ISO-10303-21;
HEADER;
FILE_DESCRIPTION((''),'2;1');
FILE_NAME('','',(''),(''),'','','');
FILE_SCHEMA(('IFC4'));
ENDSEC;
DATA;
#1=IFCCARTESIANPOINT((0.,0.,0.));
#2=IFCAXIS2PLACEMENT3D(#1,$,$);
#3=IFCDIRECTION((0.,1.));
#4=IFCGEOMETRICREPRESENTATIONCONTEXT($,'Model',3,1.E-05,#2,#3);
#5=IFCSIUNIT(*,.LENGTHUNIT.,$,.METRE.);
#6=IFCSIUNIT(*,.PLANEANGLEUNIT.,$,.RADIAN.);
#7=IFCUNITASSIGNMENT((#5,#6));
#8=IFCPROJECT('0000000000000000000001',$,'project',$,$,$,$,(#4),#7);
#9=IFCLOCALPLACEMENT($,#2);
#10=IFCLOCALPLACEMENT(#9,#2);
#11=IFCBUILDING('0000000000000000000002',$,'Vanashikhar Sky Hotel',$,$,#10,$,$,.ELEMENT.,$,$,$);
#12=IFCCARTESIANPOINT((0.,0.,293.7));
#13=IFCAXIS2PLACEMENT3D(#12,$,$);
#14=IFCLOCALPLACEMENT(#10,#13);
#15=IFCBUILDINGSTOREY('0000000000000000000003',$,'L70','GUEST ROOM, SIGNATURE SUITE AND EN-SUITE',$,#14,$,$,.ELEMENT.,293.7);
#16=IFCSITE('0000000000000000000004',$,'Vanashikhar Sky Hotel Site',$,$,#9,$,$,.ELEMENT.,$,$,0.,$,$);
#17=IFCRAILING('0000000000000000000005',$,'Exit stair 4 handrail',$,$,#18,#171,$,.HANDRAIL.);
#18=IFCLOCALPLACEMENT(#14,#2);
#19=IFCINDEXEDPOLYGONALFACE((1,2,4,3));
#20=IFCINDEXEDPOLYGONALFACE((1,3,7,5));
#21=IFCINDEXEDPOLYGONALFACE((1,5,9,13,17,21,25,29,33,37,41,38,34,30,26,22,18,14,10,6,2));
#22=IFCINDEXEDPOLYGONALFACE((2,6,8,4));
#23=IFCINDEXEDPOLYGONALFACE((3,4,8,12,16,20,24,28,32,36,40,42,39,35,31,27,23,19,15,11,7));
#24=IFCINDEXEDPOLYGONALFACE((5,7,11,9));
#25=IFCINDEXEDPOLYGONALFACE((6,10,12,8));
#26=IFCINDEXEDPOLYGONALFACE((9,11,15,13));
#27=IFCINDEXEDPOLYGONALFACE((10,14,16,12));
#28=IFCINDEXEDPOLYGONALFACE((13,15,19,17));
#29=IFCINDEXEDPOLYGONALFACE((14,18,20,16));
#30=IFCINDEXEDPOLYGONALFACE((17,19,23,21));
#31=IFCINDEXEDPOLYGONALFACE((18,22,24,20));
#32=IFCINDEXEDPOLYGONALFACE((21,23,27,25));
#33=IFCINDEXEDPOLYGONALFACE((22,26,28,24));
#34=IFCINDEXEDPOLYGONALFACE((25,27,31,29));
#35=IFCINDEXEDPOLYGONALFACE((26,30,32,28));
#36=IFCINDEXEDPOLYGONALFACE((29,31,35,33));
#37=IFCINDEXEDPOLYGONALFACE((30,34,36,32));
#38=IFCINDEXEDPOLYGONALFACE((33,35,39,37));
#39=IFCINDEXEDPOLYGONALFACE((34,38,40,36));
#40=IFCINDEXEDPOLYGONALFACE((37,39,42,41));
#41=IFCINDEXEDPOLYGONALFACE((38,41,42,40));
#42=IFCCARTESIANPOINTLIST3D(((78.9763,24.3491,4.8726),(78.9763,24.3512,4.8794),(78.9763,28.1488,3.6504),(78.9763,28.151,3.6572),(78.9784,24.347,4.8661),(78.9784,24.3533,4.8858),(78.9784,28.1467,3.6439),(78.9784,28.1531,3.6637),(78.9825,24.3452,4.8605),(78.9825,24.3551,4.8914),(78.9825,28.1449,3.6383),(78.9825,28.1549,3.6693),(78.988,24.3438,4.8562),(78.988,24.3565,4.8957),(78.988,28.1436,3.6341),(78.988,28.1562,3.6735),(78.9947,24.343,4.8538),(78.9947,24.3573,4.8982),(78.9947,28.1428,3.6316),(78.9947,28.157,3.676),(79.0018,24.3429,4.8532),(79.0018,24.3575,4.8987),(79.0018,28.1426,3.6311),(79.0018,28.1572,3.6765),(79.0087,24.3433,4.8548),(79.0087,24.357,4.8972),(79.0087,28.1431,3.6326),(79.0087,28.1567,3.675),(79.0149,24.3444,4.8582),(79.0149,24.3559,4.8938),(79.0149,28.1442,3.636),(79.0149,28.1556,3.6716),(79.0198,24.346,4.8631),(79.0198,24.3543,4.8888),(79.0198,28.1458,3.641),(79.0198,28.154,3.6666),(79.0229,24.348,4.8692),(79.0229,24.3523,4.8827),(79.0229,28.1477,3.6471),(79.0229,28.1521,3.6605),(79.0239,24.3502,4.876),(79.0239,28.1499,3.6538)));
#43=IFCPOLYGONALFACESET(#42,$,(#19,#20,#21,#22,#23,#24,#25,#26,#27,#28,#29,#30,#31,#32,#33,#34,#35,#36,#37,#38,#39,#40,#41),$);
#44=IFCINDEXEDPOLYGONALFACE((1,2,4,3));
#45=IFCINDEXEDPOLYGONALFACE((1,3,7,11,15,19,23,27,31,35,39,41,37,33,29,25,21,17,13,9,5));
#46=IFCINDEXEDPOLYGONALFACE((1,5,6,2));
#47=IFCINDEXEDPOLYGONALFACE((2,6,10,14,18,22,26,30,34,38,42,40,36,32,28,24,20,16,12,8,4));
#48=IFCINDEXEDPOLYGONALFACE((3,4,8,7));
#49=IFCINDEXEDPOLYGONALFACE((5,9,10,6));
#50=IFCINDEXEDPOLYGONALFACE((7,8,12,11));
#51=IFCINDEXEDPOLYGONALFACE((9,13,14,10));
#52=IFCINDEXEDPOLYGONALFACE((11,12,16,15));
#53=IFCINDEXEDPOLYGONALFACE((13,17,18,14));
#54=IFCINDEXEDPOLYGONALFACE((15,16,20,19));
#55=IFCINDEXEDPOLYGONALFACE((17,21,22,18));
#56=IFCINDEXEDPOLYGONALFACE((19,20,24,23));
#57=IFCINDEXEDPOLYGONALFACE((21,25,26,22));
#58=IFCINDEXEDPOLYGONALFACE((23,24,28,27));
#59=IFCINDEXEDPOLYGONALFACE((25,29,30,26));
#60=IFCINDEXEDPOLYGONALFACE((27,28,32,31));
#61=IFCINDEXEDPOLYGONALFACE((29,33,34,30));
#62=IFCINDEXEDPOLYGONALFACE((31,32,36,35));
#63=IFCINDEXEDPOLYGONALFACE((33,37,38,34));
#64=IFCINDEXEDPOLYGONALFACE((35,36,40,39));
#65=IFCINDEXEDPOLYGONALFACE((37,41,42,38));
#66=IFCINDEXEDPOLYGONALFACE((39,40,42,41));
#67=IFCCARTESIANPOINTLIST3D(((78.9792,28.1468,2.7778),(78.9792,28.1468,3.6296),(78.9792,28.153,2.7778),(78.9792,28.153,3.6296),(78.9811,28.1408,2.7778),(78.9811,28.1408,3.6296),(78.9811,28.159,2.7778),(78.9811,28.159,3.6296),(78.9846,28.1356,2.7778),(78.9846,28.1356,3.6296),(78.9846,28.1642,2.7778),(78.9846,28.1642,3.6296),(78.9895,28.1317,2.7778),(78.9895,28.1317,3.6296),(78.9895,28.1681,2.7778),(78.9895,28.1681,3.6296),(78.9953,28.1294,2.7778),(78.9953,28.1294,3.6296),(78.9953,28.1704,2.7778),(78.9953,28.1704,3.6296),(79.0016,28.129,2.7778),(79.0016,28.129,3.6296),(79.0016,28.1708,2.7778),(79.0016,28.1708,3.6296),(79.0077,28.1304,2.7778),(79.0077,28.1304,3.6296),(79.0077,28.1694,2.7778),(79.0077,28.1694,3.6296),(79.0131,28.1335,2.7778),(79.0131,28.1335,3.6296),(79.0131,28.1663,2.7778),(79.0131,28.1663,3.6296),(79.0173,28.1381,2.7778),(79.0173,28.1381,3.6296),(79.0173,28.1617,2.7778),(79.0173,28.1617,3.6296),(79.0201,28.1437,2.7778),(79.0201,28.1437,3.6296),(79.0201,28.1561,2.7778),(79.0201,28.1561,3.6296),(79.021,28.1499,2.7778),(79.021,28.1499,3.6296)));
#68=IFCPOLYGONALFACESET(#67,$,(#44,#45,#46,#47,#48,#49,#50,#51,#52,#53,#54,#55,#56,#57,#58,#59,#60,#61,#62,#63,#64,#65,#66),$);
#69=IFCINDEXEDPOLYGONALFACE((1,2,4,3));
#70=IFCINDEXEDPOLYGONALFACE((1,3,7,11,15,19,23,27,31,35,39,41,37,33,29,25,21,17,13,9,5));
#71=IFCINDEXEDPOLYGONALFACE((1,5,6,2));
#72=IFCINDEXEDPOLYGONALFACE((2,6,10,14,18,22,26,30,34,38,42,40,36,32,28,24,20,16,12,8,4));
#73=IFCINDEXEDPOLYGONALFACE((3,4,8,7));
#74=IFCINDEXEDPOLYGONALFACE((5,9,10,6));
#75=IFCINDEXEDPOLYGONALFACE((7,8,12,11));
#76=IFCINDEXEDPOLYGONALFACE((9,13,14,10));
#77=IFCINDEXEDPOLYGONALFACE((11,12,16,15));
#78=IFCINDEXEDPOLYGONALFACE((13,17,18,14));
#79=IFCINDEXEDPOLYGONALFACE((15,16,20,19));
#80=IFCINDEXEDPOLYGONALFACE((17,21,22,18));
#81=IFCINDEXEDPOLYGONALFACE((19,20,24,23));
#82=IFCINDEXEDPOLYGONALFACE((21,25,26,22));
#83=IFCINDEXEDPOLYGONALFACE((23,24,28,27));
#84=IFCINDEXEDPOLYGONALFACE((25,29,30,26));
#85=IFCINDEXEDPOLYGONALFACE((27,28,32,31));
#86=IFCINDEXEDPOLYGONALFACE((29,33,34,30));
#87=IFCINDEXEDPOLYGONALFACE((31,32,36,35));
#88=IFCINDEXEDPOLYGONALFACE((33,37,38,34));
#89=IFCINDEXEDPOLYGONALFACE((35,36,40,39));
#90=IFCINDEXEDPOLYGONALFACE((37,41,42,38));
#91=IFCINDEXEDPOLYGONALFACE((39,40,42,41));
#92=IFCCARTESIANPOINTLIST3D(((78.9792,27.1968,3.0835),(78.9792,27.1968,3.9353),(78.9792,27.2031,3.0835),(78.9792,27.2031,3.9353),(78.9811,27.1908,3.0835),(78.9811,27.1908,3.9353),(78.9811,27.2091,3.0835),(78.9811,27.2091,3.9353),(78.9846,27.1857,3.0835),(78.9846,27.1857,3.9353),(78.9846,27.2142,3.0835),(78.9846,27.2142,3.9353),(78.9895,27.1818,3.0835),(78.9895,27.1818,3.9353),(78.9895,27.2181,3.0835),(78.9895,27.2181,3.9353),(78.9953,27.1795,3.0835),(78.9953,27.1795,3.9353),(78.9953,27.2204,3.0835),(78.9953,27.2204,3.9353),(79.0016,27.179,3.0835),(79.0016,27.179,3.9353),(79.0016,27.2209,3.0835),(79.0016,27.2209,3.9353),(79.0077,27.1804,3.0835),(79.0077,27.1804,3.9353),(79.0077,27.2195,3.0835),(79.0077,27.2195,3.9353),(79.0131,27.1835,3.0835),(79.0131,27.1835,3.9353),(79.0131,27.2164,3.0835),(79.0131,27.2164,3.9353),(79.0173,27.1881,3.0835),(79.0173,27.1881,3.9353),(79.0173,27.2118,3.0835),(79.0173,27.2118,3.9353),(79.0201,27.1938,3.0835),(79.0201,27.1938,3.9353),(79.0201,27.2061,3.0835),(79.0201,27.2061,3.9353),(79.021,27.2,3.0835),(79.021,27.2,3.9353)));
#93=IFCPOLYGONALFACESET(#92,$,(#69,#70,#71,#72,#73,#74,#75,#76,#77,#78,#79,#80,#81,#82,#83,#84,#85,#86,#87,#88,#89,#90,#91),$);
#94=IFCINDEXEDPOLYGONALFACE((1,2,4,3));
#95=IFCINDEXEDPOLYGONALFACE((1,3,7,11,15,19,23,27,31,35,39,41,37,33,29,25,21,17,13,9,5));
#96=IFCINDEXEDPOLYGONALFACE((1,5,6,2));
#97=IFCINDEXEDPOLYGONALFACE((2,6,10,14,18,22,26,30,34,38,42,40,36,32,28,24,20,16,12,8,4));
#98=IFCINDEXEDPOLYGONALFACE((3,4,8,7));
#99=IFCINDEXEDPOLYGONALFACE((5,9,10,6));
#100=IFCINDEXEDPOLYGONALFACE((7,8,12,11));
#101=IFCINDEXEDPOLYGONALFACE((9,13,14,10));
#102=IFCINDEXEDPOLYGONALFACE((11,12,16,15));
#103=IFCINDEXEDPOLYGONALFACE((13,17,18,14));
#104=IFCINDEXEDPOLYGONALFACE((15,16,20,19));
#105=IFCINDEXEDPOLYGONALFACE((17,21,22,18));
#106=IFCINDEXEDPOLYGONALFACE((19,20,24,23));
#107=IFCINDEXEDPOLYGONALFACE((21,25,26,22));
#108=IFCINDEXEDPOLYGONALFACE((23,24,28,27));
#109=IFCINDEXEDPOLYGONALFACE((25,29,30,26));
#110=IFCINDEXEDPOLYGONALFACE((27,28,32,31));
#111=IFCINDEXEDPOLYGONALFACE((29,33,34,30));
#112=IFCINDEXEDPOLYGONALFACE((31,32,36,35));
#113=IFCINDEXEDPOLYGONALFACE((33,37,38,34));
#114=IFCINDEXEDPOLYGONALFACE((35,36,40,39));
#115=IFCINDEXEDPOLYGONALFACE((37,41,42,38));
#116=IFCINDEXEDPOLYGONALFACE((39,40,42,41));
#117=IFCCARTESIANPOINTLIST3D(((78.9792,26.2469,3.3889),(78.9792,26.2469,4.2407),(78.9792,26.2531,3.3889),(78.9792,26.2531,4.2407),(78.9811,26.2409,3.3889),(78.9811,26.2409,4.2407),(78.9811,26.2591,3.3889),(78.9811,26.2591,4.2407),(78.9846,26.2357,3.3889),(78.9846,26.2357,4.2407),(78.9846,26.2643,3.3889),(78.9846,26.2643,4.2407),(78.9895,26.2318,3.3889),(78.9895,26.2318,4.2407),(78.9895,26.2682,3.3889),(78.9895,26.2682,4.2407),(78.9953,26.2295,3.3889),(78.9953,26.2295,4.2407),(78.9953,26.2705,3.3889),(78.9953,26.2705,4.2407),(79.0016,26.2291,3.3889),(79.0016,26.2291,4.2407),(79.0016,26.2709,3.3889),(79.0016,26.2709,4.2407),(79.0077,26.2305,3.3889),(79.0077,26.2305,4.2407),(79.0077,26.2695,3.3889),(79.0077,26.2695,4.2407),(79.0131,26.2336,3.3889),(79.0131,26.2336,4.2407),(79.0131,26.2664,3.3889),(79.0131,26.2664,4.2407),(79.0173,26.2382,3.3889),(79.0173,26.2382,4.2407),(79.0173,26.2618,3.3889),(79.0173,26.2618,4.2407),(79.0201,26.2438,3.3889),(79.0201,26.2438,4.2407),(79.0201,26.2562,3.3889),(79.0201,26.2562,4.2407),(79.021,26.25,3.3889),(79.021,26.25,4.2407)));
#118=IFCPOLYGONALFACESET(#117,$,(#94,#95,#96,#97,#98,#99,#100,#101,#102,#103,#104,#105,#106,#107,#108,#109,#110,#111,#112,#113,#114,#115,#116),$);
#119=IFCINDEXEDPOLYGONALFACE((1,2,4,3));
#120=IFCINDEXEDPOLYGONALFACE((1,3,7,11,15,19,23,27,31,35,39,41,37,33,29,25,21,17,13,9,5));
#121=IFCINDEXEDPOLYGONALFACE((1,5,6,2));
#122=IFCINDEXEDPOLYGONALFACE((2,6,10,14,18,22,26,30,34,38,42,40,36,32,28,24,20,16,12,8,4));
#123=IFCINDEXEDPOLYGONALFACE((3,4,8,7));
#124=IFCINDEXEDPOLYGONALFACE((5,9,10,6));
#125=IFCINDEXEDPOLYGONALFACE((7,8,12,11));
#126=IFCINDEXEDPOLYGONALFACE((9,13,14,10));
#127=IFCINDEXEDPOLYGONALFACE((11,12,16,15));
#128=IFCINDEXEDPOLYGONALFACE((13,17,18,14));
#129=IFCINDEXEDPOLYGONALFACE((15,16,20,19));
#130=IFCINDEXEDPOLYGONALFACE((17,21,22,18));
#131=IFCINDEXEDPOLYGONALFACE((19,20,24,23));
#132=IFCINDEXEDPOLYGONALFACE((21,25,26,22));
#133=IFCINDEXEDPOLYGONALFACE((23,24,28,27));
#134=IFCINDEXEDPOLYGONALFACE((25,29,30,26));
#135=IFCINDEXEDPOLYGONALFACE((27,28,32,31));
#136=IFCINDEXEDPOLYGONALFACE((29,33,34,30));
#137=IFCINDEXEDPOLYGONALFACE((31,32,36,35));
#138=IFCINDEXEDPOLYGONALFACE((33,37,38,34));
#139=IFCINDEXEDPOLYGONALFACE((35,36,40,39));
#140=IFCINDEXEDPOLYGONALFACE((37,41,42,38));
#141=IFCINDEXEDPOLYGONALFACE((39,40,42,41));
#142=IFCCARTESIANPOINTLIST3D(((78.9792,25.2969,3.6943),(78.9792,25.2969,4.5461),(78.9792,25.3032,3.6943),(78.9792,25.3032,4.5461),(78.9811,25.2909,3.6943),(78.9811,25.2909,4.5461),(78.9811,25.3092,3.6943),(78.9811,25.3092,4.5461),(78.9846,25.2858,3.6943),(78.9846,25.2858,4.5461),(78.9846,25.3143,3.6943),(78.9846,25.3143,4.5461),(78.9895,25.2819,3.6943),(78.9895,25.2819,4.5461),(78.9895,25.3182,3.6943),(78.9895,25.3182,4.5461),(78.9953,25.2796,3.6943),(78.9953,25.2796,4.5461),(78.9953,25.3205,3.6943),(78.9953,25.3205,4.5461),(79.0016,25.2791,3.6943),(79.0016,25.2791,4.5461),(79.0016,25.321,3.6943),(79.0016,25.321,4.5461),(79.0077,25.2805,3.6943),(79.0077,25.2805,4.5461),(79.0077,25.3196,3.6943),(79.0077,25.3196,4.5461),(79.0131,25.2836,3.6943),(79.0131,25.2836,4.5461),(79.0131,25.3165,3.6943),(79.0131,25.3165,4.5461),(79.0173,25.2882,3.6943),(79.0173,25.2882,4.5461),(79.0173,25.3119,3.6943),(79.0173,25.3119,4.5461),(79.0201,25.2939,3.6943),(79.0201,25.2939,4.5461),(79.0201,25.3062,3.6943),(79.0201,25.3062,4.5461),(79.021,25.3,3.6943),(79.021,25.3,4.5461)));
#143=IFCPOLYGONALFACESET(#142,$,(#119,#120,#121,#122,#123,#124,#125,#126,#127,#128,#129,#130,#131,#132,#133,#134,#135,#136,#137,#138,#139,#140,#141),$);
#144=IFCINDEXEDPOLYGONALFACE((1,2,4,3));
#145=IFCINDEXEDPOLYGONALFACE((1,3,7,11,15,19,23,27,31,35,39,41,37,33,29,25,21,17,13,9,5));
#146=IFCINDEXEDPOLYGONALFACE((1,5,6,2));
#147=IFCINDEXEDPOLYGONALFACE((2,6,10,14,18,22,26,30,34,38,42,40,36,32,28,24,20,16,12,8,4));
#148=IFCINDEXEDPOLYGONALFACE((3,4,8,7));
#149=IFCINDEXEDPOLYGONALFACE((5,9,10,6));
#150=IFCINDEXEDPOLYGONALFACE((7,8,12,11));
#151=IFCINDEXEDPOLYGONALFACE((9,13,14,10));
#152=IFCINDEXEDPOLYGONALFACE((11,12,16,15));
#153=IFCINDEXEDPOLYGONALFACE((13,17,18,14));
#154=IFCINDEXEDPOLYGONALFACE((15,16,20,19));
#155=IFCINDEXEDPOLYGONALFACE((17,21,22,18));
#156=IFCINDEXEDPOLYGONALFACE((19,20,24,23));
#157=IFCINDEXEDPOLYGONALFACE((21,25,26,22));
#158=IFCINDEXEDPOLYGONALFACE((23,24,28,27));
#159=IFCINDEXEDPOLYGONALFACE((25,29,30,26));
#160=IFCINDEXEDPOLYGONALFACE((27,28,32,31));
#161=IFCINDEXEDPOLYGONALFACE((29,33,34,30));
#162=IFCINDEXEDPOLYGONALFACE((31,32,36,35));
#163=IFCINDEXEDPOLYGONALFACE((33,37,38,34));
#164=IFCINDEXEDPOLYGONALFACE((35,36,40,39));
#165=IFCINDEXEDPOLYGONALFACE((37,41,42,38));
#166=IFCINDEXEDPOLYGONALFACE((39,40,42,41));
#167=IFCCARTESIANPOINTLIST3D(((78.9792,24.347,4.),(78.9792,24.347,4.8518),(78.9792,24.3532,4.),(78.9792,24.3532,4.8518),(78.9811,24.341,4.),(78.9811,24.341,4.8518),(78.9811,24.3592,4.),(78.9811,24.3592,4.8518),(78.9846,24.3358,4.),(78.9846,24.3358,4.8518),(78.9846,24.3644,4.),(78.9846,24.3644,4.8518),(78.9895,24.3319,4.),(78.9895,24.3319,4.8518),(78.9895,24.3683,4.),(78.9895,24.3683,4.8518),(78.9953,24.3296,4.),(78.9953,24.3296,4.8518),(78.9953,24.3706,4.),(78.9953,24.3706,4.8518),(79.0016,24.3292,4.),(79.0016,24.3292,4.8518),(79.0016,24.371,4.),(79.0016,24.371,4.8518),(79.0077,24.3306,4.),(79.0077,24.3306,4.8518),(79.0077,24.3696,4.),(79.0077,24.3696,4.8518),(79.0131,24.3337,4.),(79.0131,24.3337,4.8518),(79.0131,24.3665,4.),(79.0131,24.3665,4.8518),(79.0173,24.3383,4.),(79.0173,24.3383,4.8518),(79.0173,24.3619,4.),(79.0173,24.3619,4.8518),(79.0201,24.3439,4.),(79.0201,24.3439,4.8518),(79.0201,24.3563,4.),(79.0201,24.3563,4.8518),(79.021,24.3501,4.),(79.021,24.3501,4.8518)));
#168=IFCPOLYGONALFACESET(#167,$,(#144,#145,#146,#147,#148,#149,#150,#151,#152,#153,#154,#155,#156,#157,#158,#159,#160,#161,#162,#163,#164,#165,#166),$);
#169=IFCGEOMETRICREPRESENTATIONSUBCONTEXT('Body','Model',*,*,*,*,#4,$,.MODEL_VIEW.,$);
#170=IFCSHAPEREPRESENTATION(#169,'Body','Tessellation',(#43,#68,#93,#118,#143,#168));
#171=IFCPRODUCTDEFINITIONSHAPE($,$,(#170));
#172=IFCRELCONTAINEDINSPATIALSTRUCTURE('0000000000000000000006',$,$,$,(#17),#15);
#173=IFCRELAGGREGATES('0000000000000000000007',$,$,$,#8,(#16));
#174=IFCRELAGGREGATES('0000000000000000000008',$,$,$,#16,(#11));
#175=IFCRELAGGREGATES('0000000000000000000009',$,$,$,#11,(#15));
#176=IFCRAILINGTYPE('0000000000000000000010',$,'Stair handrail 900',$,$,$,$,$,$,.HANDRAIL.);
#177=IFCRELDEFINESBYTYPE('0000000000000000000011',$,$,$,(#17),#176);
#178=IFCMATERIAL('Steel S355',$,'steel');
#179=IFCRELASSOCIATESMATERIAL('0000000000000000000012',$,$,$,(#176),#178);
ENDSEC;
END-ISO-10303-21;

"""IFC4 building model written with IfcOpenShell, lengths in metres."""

from ifc_helpers import new_model, si_unit, direction, frame, origin, origin_2d, place, context, subcontext, project, spatial, circle, extrude, source, transform, mapped, material, type_object, element, save


model = new_model("IFC4")

# Units and contexts
model_context = context("Model", 3, precision=1e-05, world=origin(), true_north=direction((0.0, 1.0)))
body_context = subcontext(model_context, "Body", "Model", "MODEL_VIEW")
ifc_project = project(units=[si_unit("LENGTHUNIT", "METRE"), si_unit("PLANEANGLEUNIT", "RADIAN")], contexts=[model_context])

# Site, building, storey
site_placement = place(None, origin())
site = spatial("IfcSite", under=ifc_project, at=site_placement, Name="Vanashikhar Sky Hotel Site", CompositionType="ELEMENT", RefElevation=0.0)
building_placement = place(site_placement, origin())
building = spatial("IfcBuilding", under=site, at=building_placement, Name="Vanashikhar Sky Hotel", CompositionType="ELEMENT")
storey_placement = place(building_placement, frame((0.0, 0.0, 293.7)))
storey = spatial("IfcBuildingStorey", under=building, at=storey_placement, Name="L70", Description="GUEST ROOM, SIGNATURE SUITE AND EN-SUITE", CompositionType="ELEMENT", Elevation=293.7)

# Railing
ifc_material_1 = material(Name="Steel S355", Category="steel")
railing_type_1 = type_object("IfcRailingType", Name="Stair handrail 900", PredefinedType="HANDRAIL", material=ifc_material_1)
shared_shape_1 = source(origin(), body_context, "Body", "SweptSolid", [
    extrude(circle(Radius=0.0239, at=origin_2d()), frame((0.0, 0.0, 0.876), z_axis=(0.0, -0.95197, 0.306191), x_axis=(1.0, 0.0, 0.0)), (0.0, 0.0, 1.0), 3.9915),
    extrude(circle(Radius=0.021, at=origin_2d()), origin(), (0.0, 0.0, 1.0), 0.8518),
    extrude(circle(Radius=0.021, at=origin_2d()), frame((0.0, -0.95, 0.3057)), (0.0, 0.0, 1.0), 0.8518),
    extrude(circle(Radius=0.021, at=origin_2d()), frame((0.0, -1.8999, 0.6111)), (0.0, 0.0, 1.0), 0.8518),
    extrude(circle(Radius=0.021, at=origin_2d()), frame((0.0, -2.8499, 0.9165)), (0.0, 0.0, 1.0), 0.8518),
    extrude(circle(Radius=0.021, at=origin_2d()), frame((0.0, -3.7998, 1.2222)), (0.0, 0.0, 1.0), 0.8518),
])
railing_1_placement = place(storey_placement, frame((79.0, 28.1499, 2.7778)))
element("IfcRailing", 1, at=railing_1_placement, inside=storey, type_object=railing_type_1, Name="Exit stair 4 handrail", PredefinedType="HANDRAIL", context=body_context, shape_type="MappedRepresentation", body=[
    mapped(shared_shape_1, transform((0.0, 0.0, 0.0), scale=1.0)),
])

save(model, "model.ifc")
